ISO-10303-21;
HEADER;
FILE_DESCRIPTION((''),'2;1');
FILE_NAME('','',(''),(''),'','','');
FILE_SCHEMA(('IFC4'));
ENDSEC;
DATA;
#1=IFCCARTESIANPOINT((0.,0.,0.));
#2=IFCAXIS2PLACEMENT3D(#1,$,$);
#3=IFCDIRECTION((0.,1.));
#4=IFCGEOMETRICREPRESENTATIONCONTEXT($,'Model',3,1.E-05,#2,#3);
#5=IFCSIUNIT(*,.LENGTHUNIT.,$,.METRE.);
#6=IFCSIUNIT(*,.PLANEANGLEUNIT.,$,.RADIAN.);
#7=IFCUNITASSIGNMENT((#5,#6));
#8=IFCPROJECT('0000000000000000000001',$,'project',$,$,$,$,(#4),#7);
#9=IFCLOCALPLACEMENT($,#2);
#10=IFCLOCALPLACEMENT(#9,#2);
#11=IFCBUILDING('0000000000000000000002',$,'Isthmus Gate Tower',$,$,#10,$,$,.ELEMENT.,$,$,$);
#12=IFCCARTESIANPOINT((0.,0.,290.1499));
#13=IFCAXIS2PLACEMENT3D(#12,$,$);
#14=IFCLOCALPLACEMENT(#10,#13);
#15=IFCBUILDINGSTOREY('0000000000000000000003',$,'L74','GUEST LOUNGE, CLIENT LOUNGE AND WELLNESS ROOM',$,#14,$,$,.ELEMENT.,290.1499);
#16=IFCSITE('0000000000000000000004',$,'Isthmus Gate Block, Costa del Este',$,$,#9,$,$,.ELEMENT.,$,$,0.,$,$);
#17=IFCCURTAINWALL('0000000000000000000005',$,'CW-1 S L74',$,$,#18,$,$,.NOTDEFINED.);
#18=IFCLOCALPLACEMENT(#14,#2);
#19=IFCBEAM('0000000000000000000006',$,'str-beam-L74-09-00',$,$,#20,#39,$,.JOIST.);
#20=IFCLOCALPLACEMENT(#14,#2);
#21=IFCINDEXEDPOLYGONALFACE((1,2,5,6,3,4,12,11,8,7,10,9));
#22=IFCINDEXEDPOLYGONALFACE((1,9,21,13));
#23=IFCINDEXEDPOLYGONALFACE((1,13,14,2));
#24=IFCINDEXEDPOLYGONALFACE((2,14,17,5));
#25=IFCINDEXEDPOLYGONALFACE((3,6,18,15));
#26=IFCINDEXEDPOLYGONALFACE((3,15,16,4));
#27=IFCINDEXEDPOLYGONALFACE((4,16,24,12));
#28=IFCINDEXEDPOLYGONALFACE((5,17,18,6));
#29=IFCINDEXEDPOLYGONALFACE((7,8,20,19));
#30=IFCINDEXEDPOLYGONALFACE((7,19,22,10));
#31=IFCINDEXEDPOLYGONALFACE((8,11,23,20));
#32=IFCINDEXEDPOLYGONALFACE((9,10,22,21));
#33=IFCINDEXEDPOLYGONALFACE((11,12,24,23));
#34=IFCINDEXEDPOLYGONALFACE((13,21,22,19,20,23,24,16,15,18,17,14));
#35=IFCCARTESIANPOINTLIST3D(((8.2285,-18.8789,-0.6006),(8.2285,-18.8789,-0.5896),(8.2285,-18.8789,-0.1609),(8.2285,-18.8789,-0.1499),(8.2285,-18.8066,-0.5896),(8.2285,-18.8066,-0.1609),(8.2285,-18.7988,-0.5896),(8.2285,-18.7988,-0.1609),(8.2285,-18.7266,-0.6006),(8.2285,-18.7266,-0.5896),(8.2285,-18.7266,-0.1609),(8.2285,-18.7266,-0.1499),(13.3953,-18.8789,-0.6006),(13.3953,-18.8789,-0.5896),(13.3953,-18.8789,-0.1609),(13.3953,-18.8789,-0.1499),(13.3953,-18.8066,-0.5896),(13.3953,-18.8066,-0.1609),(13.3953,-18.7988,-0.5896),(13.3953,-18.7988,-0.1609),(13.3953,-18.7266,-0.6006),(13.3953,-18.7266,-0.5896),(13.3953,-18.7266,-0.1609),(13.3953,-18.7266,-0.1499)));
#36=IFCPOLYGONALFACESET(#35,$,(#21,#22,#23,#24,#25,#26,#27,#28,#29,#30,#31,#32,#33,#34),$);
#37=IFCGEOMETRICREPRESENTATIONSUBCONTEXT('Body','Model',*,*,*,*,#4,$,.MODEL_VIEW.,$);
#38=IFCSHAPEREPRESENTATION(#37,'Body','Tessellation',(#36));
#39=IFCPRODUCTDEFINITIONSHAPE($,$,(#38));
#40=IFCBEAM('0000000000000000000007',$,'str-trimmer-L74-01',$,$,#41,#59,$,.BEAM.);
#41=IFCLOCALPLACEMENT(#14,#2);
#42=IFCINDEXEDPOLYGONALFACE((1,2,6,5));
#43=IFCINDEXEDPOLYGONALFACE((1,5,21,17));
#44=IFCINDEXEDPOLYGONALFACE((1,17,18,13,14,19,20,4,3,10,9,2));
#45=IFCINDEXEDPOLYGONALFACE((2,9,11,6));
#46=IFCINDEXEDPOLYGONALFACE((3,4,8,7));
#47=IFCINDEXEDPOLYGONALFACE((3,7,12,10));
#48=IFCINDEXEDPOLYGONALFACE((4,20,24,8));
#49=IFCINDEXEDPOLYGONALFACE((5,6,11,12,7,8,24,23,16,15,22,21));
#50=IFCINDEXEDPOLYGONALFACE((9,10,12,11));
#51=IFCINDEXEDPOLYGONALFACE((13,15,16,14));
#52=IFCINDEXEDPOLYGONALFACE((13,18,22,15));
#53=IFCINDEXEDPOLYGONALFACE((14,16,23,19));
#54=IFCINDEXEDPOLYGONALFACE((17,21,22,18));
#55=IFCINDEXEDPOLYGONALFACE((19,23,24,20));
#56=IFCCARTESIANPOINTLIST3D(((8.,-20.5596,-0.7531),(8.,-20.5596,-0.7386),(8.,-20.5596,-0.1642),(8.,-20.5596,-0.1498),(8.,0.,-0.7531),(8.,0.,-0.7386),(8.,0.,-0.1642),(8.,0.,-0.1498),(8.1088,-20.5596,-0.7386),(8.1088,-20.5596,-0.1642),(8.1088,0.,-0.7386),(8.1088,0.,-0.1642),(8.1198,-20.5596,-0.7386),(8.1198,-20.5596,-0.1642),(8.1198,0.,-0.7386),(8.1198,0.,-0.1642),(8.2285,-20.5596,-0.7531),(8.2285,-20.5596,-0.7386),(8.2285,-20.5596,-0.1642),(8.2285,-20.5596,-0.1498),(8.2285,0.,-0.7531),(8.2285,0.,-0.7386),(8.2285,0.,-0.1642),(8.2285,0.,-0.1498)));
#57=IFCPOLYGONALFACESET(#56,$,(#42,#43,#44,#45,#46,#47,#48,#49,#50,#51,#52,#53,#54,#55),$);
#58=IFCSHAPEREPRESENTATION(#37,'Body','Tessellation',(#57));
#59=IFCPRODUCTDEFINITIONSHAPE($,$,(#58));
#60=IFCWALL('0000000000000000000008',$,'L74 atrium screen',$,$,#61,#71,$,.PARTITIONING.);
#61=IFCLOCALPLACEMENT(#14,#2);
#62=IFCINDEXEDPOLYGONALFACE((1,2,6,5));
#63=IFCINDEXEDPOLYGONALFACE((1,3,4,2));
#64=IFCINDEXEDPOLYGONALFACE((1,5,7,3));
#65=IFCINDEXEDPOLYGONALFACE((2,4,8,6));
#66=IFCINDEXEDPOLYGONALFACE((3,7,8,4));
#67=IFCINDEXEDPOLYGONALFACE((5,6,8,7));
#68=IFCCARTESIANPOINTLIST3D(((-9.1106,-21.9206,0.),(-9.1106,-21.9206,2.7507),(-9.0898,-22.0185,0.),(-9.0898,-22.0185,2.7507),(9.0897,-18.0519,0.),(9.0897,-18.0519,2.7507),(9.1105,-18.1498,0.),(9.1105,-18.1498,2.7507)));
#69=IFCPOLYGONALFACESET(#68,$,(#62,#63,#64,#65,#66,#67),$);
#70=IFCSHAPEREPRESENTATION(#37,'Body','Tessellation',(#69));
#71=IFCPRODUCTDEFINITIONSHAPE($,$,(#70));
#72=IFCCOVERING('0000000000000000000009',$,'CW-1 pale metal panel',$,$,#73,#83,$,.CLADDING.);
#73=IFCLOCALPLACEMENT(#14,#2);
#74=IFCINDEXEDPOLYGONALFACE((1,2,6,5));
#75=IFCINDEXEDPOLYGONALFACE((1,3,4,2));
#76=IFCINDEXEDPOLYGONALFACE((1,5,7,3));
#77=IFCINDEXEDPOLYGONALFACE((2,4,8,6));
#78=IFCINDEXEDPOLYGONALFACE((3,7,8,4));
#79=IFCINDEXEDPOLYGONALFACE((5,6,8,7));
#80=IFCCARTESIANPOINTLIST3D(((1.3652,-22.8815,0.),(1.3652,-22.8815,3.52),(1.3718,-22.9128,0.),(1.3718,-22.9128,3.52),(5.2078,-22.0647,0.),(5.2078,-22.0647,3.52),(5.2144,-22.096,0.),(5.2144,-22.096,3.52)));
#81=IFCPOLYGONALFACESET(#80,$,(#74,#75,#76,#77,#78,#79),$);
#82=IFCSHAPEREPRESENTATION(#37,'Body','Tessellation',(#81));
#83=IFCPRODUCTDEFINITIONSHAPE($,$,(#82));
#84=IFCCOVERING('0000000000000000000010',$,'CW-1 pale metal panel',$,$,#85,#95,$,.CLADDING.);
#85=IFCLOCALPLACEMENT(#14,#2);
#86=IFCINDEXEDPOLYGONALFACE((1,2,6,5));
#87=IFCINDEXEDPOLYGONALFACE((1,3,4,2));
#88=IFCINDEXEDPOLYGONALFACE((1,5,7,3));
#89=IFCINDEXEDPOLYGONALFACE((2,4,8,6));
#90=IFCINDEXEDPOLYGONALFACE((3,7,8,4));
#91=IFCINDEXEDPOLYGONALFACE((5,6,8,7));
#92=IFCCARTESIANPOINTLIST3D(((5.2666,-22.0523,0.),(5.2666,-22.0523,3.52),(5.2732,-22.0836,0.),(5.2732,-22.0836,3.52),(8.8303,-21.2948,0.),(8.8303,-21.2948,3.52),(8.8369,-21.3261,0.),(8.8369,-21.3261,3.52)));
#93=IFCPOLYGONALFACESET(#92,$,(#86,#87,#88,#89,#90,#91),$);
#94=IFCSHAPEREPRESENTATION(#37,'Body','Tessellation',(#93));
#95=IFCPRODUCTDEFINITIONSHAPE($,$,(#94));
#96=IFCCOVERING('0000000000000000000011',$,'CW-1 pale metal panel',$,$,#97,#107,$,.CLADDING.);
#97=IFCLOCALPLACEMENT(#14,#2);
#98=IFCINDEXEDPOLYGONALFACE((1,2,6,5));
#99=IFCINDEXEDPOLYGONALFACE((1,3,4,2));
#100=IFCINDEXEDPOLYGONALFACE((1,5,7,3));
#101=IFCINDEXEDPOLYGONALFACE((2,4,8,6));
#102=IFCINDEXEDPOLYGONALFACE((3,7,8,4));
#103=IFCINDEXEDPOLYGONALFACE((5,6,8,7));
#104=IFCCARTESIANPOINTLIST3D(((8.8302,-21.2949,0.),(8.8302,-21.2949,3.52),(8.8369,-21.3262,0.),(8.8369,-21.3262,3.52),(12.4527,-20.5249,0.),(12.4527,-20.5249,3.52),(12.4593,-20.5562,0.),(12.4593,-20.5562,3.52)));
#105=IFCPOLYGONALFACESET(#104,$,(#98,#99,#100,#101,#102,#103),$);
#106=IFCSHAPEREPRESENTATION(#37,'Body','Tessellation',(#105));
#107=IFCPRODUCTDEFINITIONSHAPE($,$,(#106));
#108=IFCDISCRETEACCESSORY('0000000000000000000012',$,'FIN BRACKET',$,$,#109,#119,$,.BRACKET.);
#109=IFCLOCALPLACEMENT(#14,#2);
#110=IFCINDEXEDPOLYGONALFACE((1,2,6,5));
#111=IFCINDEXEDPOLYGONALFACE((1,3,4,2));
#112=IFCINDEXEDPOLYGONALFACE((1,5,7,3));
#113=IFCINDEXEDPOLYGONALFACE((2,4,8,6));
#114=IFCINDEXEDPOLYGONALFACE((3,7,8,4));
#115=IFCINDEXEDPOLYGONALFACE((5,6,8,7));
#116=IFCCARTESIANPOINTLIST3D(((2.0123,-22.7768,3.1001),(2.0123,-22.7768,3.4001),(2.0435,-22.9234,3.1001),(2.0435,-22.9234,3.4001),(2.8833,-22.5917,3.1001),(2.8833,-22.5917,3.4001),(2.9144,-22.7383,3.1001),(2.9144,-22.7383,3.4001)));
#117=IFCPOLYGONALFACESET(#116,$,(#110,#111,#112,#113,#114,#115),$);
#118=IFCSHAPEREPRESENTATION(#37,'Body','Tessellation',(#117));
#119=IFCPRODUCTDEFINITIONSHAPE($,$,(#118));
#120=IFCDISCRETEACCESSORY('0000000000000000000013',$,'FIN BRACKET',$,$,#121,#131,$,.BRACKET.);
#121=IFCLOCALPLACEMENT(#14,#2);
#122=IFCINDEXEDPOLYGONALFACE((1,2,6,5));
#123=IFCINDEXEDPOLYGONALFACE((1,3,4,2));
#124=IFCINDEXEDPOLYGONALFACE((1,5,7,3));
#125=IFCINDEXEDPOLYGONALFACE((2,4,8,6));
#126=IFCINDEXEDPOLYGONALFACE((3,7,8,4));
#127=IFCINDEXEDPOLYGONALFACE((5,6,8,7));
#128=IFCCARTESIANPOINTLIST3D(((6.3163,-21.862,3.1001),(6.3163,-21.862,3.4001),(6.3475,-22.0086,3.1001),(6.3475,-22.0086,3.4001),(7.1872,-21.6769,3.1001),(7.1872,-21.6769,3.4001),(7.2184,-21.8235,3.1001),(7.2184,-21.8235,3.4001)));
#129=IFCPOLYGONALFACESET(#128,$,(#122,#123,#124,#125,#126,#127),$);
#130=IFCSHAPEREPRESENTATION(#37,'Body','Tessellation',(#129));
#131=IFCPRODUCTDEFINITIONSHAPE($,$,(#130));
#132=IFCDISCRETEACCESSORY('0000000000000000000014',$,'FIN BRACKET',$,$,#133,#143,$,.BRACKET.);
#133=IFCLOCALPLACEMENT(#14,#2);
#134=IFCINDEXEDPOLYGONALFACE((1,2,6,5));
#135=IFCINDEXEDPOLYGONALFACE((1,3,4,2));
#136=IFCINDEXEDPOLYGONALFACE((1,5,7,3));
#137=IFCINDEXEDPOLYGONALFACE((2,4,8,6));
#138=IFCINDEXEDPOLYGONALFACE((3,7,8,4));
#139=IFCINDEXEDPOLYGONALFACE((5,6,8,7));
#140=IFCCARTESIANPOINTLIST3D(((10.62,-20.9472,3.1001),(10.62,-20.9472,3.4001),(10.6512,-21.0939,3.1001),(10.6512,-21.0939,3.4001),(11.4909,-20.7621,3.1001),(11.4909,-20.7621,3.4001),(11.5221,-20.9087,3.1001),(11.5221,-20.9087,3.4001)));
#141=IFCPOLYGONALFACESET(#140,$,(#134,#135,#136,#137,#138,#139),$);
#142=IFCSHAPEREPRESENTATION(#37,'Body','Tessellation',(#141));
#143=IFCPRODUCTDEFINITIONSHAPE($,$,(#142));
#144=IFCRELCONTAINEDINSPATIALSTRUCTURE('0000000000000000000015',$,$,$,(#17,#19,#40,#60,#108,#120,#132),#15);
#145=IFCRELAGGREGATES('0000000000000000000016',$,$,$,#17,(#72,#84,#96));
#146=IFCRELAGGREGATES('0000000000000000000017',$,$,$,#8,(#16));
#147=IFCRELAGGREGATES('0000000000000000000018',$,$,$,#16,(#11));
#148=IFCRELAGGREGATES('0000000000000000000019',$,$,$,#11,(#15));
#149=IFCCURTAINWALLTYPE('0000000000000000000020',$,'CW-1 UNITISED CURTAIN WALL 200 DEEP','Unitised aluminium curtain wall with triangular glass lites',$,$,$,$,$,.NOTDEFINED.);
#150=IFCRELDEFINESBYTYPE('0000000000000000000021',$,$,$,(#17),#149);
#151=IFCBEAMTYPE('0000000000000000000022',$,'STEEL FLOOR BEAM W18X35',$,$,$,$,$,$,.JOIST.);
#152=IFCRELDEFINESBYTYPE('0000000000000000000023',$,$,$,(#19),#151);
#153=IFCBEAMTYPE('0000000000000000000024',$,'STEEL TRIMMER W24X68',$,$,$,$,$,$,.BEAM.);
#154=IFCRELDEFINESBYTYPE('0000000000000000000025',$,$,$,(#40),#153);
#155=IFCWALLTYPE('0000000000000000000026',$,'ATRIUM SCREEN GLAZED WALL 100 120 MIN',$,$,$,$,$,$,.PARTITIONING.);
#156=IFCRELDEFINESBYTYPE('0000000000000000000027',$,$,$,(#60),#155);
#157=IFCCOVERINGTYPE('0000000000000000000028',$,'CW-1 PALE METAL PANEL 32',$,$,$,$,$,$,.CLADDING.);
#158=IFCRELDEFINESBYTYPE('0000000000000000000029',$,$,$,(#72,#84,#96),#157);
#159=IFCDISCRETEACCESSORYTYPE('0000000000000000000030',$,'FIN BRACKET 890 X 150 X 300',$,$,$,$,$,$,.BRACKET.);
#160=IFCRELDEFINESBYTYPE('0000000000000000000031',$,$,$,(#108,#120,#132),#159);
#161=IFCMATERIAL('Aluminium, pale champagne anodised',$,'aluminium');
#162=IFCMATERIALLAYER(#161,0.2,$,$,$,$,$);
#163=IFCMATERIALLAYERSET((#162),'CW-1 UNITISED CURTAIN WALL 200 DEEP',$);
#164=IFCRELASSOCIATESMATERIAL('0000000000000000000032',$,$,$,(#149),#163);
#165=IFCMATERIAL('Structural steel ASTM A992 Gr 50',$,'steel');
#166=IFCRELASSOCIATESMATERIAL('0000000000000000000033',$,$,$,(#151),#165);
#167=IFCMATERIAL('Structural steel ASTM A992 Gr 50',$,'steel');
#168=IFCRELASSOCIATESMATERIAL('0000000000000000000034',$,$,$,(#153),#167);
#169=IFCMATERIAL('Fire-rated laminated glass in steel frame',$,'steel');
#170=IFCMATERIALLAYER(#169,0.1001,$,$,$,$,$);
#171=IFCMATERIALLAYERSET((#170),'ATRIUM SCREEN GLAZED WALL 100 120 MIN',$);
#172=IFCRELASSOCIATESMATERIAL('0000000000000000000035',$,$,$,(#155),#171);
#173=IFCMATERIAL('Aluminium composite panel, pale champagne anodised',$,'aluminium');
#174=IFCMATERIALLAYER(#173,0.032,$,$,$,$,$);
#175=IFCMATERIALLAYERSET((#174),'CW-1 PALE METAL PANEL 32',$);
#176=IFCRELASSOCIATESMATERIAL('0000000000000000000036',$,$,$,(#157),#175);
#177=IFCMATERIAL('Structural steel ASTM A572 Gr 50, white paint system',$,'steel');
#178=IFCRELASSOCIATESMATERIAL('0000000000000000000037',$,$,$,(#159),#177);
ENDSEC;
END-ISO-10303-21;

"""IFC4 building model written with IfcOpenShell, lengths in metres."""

from ifc_helpers import new_model, si_unit, direction, frame, frame_2d, origin, origin_2d, place, context, subcontext, project, spatial, rectangle, i_section, extrude, material, layer, layer_set, material_profile, profile_set, type_object, element, aggregate, save


model = new_model("IFC4")

# Units and contexts
model_context = context("Model", 3, precision=1e-05, world=origin(), true_north=direction((0.0, 1.0)))
body_context = subcontext(model_context, "Body", "Model", "MODEL_VIEW")
ifc_project = project(units=[si_unit("LENGTHUNIT", "METRE"), si_unit("PLANEANGLEUNIT", "RADIAN")], contexts=[model_context])

# Site, building, storey
site_placement = place(None, origin())
site = spatial("IfcSite", under=ifc_project, at=site_placement, Name="Isthmus Gate Block, Costa del Este", CompositionType="ELEMENT", RefElevation=0.0)
building_placement = place(site_placement, origin())
building = spatial("IfcBuilding", under=site, at=building_placement, Name="Isthmus Gate Tower", CompositionType="ELEMENT")
storey_placement = place(building_placement, frame((0.0, 0.0, 290.1499)))
storey = spatial("IfcBuildingStorey", under=building, at=storey_placement, Name="L74", Description="GUEST LOUNGE, CLIENT LOUNGE AND WELLNESS ROOM", CompositionType="ELEMENT", Elevation=290.1499)

# Curtain wall
ifc_material_1 = material(Name="Aluminium, pale champagne anodised", Category="aluminium")
ifc_layer_1 = layer(ifc_material_1, 0.2)
ifc_layer_set_1 = layer_set([ifc_layer_1], Name="CW-1 UNITISED CURTAIN WALL 200 DEEP")
curtain_wall_type = type_object("IfcCurtainWallType", Name="CW-1 UNITISED CURTAIN WALL 200 DEEP", Description="Unitised aluminium curtain wall with triangular glass lites", PredefinedType="NOTDEFINED", material=ifc_layer_set_1)
curtain_wall_1_placement = place(storey_placement, origin())
curtain_wall_1 = element("IfcCurtainWall", 1, at=curtain_wall_1_placement, inside=storey, type_object=curtain_wall_type, Name="CW-1 S L74", PredefinedType="NOTDEFINED")

# Beams
ifc_material_2 = material(Name="Structural steel ASTM A992 Gr 50", Category="steel")
ifc_material_profile_1 = material_profile(ifc_material_2, i_section(OverallWidth=0.1523, OverallDepth=0.4507, WebThickness=0.0078, FlangeThickness=0.011, at=origin_2d()), Name="W18X35")
ifc_profile_set_1 = profile_set([ifc_material_profile_1], Name="Structural steel ASTM A992 Gr 50")
beam_type_1 = type_object("IfcBeamType", Name="STEEL FLOOR BEAM W18X35", PredefinedType="JOIST", material=ifc_profile_set_1)
beam_1_placement = place(storey_placement, frame((8.2285, -18.8027, -0.3752), z_axis=(1.0, 0.0, 0.0), x_axis=(0.0, 1.0, 0.0)))
element("IfcBeam", 2, at=beam_1_placement, inside=storey, type_object=beam_type_1, Name="str-beam-L74-09-00", PredefinedType="JOIST", context=body_context, shape_type="SweptSolid", body=[
    extrude(i_section(OverallWidth=0.1523, OverallDepth=0.4507, WebThickness=0.0078, FlangeThickness=0.011, at=origin_2d()), origin(), (0.0, 0.0, 1.0), 5.1667),
])
ifc_material_3 = material(Name="Structural steel ASTM A992 Gr 50", Category="steel")
ifc_material_profile_2 = material_profile(ifc_material_3, i_section(OverallWidth=0.2285, OverallDepth=0.6033, WebThickness=0.011, FlangeThickness=0.0144, at=origin_2d()), Name="W24X68")
ifc_profile_set_2 = profile_set([ifc_material_profile_2], Name="Structural steel ASTM A992 Gr 50")
beam_type_2 = type_object("IfcBeamType", Name="STEEL TRIMMER W24X68", PredefinedType="BEAM", material=ifc_profile_set_2)
beam_2_placement = place(storey_placement, frame((8.1143, -20.5596, -0.4514), z_axis=(0.0, 1.0, 0.0), x_axis=(-1.0, 0.0, 0.0)))
element("IfcBeam", 3, at=beam_2_placement, inside=storey, type_object=beam_type_2, Name="str-trimmer-L74-01", PredefinedType="BEAM", context=body_context, shape_type="SweptSolid", body=[
    extrude(i_section(OverallWidth=0.2285, OverallDepth=0.6033, WebThickness=0.011, FlangeThickness=0.0144, at=origin_2d()), origin(), (0.0, 0.0, 1.0), 20.5596),
])

# Wall
ifc_material_4 = material(Name="Fire-rated laminated glass in steel frame", Category="steel")
ifc_layer_2 = layer(ifc_material_4, 0.1001)
ifc_layer_set_2 = layer_set([ifc_layer_2], Name="ATRIUM SCREEN GLAZED WALL 100 120 MIN")
wall_type = type_object("IfcWallType", Name="ATRIUM SCREEN GLAZED WALL 100 120 MIN", PredefinedType="PARTITIONING", material=ifc_layer_set_2)
wall_placement = place(storey_placement, frame((9.1001, -18.1008, 0.0), z_axis=(0.0, 0.0, 1.0), x_axis=(-0.978147, -0.207916, 0.0)))
element("IfcWall", 4, at=wall_placement, inside=storey, type_object=wall_type, Name="L74 atrium screen", PredefinedType="PARTITIONING", context=body_context, shape_type="SweptSolid", body=[
    extrude(rectangle(XDim=18.6069, YDim=0.1001, at=frame_2d((9.3035, 0.0))), origin(), (0.0, 0.0, 1.0), 2.7507),
])

# Coverings
ifc_material_5 = material(Name="Aluminium composite panel, pale champagne anodised", Category="aluminium")
ifc_layer_3 = layer(ifc_material_5, 0.032)
ifc_layer_set_3 = layer_set([ifc_layer_3], Name="CW-1 PALE METAL PANEL 32")
covering_type = type_object("IfcCoveringType", Name="CW-1 PALE METAL PANEL 32", PredefinedType="CLADDING", material=ifc_layer_set_3)
covering_1_placement = place(storey_placement, frame((3.2898, -22.4888, 0.0), z_axis=(0.0, 0.0, 1.0), x_axis=(0.978148, 0.207912, 0.0)))
covering_1 = element("IfcCovering", 5, at=covering_1_placement, type_object=covering_type, Name="CW-1 pale metal panel", PredefinedType="CLADDING", context=body_context, shape_type="SweptSolid", body=[
    extrude(rectangle(XDim=3.9285, YDim=0.032, at=origin_2d()), origin(), (0.0, 0.0, 1.0), 3.52),
])
covering_2_placement = place(storey_placement, frame((7.0518, -21.6892, 0.0), z_axis=(0.0, 0.0, 1.0), x_axis=(0.978148, 0.207912, 0.0)))
covering_2 = element("IfcCovering", 6, at=covering_2_placement, type_object=covering_type, Name="CW-1 pale metal panel", PredefinedType="CLADDING", context=body_context, shape_type="SweptSolid", body=[
    extrude(rectangle(XDim=3.6433, YDim=0.032, at=origin_2d()), origin(), (0.0, 0.0, 1.0), 3.52),
])
covering_3_placement = place(storey_placement, frame((10.6448, -20.9255, 0.0), z_axis=(0.0, 0.0, 1.0), x_axis=(0.978148, 0.207912, 0.0)))
covering_3 = element("IfcCovering", 7, at=covering_3_placement, type_object=covering_type, Name="CW-1 pale metal panel", PredefinedType="CLADDING", context=body_context, shape_type="SweptSolid", body=[
    extrude(rectangle(XDim=3.7034, YDim=0.032, at=origin_2d()), origin(), (0.0, 0.0, 1.0), 3.52),
])
aggregate(curtain_wall_1, [covering_1, covering_2, covering_3])

# Discrete accessories
ifc_material_6 = material(Name="Structural steel ASTM A572 Gr 50, white paint system", Category="steel")
discrete_accessory_type = type_object("IfcDiscreteAccessoryType", Name="FIN BRACKET 890 X 150 X 300", PredefinedType="BRACKET", material=ifc_material_6)
for number, where, z_axis, x_axis, name in (
    (8, (2.4634, -22.7576, 3.1001), (0.0, 0.0, 1.0), (0.207912, -0.978148, 0.0), "FIN BRACKET"),
    (9, (6.7673, -21.8428, 3.1001), (0.0, 0.0, 1.0), (0.207912, -0.978148, 0.0), "FIN BRACKET"),
    (10, (11.071, -20.928, 3.1001), (0.0, 0.0, 1.0), (0.207912, -0.978148, 0.0), "FIN BRACKET"),
):
    element("IfcDiscreteAccessory", number, at=place(storey_placement, frame(where, z_axis=z_axis, x_axis=x_axis)), inside=storey, type_object=discrete_accessory_type, Name=name, PredefinedType="BRACKET", context=body_context, shape_type="SweptSolid", body=[
        extrude(rectangle(XDim=0.1499, YDim=0.8904, at=origin_2d()), origin(), (0.0, 0.0, 1.0), 0.3),
    ])

save(model, "model.ifc")
